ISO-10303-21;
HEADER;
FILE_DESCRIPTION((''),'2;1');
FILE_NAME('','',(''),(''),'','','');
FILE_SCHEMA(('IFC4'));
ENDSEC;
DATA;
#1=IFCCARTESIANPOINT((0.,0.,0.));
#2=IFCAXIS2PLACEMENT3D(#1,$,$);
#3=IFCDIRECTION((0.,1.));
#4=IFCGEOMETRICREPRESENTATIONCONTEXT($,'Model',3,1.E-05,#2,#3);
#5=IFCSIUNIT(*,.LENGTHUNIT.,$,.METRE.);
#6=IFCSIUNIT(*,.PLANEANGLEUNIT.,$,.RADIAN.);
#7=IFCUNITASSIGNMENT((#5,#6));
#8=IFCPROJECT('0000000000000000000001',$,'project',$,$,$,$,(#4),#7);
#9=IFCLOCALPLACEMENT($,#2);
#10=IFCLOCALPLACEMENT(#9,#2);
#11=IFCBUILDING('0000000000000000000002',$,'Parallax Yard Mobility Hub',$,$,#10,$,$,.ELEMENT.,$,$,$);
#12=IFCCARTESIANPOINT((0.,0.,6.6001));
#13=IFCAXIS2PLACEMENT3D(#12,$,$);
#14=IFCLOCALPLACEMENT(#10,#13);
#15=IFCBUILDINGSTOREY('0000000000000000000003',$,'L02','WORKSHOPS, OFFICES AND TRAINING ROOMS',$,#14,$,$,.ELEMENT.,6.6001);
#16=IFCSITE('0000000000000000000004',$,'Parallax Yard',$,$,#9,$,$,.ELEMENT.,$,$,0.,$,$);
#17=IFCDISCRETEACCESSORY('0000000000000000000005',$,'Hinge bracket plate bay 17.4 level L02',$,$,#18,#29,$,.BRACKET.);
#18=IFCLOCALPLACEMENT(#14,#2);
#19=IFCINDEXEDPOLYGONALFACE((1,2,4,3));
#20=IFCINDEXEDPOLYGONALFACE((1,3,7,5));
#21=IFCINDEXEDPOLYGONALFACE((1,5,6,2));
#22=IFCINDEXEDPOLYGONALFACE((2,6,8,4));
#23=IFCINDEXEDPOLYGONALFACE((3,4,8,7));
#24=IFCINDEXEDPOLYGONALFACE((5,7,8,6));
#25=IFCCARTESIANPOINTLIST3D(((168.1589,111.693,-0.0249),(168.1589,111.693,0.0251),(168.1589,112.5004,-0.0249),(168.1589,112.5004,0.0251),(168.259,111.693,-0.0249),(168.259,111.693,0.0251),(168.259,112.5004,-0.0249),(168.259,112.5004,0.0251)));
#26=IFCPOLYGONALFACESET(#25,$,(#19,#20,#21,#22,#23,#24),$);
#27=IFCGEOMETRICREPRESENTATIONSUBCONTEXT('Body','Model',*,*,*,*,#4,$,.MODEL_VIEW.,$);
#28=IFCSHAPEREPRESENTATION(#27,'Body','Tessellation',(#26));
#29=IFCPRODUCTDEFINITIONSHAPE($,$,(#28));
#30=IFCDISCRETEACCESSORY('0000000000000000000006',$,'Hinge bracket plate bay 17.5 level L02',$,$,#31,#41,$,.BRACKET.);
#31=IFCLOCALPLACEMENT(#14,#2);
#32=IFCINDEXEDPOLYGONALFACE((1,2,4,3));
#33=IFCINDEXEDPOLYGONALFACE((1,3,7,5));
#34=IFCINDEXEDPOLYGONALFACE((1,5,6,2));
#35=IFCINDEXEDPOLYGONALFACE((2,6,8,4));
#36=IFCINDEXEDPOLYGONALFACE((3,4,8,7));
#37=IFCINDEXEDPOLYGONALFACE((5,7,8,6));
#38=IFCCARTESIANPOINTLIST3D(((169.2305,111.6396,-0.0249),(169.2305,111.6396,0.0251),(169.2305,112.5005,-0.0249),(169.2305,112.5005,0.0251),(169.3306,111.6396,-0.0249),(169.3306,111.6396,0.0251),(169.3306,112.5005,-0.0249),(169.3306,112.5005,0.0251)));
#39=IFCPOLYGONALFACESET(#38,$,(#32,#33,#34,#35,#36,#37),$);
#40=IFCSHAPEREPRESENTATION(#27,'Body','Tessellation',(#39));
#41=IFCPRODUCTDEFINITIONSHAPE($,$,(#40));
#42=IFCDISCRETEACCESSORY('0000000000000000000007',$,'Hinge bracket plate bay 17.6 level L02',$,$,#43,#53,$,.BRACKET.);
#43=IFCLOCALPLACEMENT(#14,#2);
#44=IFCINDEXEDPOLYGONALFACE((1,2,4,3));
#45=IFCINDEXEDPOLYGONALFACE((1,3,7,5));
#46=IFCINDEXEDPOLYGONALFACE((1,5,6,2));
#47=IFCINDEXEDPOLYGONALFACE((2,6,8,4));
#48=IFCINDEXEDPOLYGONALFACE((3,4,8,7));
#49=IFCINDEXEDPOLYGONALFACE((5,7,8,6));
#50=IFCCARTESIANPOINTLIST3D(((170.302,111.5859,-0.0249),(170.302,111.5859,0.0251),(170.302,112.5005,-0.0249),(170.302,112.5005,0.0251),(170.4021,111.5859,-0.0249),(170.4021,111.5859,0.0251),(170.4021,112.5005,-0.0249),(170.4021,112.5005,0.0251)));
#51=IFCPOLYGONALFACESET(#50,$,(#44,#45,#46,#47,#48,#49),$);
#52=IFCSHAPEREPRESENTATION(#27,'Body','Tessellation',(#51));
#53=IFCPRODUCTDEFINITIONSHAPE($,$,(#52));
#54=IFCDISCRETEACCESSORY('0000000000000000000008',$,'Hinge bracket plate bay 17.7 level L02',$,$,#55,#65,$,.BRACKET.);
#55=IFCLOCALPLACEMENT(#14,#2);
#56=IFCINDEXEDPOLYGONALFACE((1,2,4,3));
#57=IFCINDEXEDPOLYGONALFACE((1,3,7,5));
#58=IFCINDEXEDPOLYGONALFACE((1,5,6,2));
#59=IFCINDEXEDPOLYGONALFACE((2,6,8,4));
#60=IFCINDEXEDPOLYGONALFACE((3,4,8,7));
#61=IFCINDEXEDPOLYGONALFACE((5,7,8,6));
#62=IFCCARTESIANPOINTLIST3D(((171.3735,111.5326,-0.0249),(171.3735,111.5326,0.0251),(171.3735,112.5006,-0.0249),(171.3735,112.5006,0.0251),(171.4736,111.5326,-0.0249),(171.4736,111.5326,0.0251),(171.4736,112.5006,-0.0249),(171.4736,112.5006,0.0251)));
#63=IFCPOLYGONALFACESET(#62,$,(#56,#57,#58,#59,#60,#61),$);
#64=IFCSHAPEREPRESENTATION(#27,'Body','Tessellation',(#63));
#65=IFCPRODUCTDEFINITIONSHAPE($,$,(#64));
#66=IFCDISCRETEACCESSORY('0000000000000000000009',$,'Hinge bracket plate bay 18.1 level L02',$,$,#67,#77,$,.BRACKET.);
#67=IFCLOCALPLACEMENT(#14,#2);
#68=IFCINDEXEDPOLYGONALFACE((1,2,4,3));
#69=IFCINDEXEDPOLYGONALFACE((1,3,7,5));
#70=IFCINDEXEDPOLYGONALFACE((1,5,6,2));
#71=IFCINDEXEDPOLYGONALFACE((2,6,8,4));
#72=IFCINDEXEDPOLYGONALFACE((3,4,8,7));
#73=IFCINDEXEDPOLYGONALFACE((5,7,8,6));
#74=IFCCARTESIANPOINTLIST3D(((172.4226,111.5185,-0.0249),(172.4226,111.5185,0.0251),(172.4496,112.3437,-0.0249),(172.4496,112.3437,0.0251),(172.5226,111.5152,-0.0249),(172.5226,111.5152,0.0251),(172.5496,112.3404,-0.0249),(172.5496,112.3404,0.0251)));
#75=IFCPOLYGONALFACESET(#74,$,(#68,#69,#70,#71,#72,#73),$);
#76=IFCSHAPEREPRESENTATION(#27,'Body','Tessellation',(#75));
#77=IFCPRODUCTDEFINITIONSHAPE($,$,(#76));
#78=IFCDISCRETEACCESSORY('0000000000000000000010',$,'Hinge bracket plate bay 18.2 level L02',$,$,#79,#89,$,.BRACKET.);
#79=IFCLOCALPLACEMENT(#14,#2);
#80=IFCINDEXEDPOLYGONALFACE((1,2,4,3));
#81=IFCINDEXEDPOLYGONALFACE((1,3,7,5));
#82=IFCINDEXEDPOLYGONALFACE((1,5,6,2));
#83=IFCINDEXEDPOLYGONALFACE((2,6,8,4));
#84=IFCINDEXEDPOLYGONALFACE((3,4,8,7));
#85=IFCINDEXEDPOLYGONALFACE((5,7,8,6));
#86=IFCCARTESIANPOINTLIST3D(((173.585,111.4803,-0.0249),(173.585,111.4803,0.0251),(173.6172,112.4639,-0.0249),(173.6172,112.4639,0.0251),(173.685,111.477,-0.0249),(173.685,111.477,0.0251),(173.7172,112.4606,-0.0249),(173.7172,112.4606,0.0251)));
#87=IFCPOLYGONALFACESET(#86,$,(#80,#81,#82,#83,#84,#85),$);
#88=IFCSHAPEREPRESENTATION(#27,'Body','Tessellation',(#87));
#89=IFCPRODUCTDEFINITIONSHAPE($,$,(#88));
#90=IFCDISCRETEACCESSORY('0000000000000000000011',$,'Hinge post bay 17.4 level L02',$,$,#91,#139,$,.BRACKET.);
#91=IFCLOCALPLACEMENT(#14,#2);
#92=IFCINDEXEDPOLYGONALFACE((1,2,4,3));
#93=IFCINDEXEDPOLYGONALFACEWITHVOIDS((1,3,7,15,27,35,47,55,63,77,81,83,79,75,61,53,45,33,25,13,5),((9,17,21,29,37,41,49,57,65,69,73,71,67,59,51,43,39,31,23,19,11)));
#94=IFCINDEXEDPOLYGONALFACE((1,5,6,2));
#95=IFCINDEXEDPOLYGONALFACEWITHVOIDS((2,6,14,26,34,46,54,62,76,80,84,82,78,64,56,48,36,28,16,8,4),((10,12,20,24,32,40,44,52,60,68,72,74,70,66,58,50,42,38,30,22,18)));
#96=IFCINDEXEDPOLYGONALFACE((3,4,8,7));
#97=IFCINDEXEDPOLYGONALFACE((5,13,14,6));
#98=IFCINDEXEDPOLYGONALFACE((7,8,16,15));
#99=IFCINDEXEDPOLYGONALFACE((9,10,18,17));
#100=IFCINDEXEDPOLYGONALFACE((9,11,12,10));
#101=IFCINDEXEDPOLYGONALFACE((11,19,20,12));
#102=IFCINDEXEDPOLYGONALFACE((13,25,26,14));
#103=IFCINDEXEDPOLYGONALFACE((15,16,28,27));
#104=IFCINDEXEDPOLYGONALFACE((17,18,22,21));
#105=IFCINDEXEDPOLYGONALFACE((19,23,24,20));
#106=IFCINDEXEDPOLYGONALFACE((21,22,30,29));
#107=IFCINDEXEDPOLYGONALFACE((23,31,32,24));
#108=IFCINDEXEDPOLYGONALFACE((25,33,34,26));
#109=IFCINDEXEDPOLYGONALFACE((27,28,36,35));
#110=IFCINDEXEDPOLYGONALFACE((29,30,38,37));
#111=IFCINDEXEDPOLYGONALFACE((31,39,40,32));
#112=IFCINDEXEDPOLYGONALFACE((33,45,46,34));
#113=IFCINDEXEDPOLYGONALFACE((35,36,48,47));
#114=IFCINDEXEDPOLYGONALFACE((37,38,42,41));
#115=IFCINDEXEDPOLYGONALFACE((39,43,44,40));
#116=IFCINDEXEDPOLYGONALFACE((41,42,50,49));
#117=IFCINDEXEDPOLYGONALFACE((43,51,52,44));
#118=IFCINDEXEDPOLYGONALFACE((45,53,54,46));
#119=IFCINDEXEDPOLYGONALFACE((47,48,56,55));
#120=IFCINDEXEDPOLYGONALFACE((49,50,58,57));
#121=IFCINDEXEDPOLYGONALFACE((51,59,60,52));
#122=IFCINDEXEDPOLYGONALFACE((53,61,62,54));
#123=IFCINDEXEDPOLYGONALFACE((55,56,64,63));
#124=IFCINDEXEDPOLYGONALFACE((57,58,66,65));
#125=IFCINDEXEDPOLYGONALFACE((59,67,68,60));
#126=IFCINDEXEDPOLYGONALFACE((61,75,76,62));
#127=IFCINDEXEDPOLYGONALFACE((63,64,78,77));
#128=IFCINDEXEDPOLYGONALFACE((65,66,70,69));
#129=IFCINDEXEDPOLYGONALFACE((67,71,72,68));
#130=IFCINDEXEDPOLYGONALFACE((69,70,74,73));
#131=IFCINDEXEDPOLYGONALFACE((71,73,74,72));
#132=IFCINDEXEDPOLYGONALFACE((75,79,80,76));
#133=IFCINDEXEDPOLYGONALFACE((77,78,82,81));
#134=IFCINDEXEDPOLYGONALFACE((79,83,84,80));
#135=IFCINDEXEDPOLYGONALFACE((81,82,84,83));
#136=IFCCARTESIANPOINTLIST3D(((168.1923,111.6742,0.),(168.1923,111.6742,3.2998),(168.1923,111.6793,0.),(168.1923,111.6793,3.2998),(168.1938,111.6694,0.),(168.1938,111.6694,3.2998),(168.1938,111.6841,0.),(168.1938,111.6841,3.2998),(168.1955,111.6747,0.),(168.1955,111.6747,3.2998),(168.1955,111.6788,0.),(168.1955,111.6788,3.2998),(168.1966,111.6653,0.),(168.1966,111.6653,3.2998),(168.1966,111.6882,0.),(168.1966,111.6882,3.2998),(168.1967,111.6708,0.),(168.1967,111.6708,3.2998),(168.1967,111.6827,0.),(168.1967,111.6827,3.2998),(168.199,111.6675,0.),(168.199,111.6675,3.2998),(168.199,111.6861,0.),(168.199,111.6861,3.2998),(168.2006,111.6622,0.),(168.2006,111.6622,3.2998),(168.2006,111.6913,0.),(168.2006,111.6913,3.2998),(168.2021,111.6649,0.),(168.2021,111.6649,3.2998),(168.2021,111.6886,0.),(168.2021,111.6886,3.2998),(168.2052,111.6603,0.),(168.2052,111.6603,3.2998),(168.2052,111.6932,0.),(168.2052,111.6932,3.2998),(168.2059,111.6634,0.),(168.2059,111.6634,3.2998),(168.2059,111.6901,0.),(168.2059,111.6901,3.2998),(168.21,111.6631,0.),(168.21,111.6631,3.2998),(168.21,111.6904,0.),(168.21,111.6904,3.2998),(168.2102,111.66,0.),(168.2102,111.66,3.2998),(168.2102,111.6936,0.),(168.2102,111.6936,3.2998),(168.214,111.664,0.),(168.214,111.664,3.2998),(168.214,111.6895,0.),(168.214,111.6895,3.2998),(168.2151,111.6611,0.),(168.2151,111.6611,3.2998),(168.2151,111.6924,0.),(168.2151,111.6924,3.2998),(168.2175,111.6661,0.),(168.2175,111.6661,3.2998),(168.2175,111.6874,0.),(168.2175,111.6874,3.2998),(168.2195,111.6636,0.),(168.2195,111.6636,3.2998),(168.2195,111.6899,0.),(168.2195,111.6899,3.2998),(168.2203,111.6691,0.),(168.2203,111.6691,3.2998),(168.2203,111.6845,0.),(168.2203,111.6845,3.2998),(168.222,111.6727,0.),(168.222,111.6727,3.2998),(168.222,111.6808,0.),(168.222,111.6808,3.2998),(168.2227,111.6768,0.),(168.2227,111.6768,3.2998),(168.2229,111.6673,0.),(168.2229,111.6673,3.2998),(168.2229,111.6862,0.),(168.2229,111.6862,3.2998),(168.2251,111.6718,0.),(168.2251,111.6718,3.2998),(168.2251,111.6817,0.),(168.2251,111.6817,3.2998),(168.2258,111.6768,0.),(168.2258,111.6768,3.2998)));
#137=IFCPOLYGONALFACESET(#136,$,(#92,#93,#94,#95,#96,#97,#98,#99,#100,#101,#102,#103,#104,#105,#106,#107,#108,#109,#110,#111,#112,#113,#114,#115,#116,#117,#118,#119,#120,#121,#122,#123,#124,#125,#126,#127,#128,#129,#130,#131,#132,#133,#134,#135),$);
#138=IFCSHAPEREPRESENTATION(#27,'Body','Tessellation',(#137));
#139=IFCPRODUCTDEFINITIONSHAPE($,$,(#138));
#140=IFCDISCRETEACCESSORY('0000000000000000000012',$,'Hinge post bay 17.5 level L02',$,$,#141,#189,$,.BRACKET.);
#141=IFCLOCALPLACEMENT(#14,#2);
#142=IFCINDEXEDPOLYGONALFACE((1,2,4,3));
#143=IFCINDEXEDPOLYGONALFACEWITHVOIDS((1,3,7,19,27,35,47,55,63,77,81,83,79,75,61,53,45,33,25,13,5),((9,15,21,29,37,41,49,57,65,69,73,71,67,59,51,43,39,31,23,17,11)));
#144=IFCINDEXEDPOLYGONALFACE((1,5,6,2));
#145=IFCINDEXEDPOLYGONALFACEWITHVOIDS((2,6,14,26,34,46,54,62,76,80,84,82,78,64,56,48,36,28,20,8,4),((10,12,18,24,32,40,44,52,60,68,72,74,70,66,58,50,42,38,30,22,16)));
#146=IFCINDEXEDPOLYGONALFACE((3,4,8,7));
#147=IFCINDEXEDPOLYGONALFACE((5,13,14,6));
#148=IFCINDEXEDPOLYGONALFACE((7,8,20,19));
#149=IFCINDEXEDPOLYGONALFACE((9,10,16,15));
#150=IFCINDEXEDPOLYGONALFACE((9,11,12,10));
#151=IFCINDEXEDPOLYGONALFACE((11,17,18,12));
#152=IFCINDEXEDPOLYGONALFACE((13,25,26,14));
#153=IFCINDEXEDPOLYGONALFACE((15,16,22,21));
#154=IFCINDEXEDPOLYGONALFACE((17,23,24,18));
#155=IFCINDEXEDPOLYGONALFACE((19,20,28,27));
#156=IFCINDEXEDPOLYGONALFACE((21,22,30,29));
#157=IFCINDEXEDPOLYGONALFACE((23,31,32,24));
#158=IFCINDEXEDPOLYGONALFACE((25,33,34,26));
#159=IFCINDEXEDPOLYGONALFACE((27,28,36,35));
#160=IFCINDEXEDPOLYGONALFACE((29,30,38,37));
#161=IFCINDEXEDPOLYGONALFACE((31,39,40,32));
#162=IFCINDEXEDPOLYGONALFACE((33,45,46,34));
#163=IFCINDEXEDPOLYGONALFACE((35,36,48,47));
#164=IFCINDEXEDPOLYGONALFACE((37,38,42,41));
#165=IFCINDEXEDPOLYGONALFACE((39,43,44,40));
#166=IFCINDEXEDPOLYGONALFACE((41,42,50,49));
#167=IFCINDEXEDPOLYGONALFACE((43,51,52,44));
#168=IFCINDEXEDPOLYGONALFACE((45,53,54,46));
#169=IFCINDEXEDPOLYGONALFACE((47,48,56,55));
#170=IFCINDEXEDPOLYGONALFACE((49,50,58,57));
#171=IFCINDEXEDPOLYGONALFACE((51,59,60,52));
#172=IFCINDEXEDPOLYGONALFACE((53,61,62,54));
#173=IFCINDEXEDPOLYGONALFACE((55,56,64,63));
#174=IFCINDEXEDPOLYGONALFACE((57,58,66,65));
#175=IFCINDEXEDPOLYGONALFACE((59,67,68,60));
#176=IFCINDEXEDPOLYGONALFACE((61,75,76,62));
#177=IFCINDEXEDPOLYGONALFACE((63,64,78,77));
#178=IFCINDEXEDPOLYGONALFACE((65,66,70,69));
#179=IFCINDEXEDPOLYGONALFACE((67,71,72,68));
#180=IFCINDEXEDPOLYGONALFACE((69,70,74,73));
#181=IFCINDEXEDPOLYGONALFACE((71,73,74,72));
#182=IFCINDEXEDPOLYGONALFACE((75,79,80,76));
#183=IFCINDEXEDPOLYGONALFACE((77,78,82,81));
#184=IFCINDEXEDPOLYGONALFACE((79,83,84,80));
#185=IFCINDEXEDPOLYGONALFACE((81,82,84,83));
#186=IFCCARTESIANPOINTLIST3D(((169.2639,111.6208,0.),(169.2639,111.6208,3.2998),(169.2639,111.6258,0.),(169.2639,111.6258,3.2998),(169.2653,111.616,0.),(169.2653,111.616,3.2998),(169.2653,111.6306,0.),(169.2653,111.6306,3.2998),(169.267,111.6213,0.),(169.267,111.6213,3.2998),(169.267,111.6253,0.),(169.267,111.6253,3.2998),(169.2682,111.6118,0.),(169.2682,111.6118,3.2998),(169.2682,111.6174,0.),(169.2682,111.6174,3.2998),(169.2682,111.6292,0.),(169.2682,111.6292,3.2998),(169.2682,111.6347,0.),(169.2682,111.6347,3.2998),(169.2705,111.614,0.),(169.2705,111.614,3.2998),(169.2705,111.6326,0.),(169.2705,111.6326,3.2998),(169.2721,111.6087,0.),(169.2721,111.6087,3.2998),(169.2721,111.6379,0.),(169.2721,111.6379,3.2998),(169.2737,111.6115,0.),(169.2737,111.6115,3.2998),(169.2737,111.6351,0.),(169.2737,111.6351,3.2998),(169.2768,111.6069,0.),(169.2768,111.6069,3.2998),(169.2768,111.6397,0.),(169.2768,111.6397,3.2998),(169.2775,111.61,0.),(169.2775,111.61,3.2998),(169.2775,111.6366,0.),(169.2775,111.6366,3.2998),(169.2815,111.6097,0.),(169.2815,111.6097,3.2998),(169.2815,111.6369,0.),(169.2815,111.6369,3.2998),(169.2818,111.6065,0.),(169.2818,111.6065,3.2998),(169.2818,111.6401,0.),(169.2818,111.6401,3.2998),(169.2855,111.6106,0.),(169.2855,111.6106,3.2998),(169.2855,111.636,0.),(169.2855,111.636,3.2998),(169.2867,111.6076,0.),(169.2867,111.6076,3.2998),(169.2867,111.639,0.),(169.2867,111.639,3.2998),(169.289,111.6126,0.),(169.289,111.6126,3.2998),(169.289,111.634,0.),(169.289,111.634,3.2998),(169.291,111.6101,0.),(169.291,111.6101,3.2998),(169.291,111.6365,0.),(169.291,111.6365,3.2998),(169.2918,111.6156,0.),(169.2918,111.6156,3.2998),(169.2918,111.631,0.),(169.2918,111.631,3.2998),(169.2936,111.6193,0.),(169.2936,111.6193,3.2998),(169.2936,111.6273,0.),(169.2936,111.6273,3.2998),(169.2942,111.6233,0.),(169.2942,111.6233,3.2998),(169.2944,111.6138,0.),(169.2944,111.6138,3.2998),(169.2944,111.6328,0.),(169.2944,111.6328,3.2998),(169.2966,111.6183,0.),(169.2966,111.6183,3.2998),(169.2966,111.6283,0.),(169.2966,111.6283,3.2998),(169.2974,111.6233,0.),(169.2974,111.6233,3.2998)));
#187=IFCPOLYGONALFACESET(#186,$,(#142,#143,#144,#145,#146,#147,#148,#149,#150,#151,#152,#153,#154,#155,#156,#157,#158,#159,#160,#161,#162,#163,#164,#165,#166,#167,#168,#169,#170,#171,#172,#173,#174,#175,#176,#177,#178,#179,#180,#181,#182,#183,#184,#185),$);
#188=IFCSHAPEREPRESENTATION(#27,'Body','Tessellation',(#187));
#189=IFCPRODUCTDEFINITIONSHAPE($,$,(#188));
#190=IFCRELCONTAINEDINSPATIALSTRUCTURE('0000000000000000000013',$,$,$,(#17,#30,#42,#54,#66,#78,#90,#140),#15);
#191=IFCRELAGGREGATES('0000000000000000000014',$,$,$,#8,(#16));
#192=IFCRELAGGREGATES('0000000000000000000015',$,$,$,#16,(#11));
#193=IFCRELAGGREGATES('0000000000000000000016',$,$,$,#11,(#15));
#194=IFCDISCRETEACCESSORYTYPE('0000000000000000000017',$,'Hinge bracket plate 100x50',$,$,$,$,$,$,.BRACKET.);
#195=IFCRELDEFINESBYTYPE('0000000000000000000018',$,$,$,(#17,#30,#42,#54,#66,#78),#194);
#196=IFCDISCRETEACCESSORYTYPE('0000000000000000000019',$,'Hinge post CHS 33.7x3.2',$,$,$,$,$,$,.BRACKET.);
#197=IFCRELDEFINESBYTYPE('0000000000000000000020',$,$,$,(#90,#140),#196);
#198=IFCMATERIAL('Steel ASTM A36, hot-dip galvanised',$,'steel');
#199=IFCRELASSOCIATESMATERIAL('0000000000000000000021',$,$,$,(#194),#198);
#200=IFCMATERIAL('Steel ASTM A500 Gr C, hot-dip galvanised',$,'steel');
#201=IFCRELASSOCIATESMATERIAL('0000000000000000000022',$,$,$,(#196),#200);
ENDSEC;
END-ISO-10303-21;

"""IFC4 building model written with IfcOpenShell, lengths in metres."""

from ifc_helpers import new_model, si_unit, direction, frame, origin, origin_2d, place, context, subcontext, project, spatial, rectangle, hollow_circle, extrude, material, material_profile, profile_set, type_object, element, save


model = new_model("IFC4")

# Units and contexts
model_context = context("Model", 3, precision=1e-05, world=origin(), true_north=direction((0.0, 1.0)))
body_context = subcontext(model_context, "Body", "Model", "MODEL_VIEW")
ifc_project = project(units=[si_unit("LENGTHUNIT", "METRE"), si_unit("PLANEANGLEUNIT", "RADIAN")], contexts=[model_context])

# Site, building, storey
site_placement = place(None, origin())
site = spatial("IfcSite", under=ifc_project, at=site_placement, Name="Parallax Yard", CompositionType="ELEMENT", RefElevation=0.0)
building_placement = place(site_placement, origin())
building = spatial("IfcBuilding", under=site, at=building_placement, Name="Parallax Yard Mobility Hub", CompositionType="ELEMENT")
storey_placement = place(building_placement, frame((0.0, 0.0, 6.6001)))
storey = spatial("IfcBuildingStorey", under=building, at=storey_placement, Name="L02", Description="WORKSHOPS, OFFICES AND TRAINING ROOMS", CompositionType="ELEMENT", Elevation=6.6001)

# Discrete accessories
ifc_material_1 = material(Name="Steel ASTM A36, hot-dip galvanised", Category="steel")
discrete_accessory_type_1 = type_object("IfcDiscreteAccessoryType", Name="Hinge bracket plate 100x50", PredefinedType="BRACKET", material=ifc_material_1)
discrete_accessory_1_placement = place(storey_placement, frame((168.209, 112.0967, -0.0249), z_axis=(0.0, 0.0, 1.0), x_axis=(0.0, -1.0, 0.0)))
element("IfcDiscreteAccessory", 1, at=discrete_accessory_1_placement, inside=storey, type_object=discrete_accessory_type_1, Name="Hinge bracket plate bay 17.4 level L02", PredefinedType="BRACKET", context=body_context, shape_type="SweptSolid", body=[
    extrude(rectangle(XDim=0.8074, YDim=0.1001, at=origin_2d()), origin(), (0.0, 0.0, 1.0), 0.05),
])
discrete_accessory_2_placement = place(storey_placement, frame((169.2805, 112.0701, -0.0249), z_axis=(0.0, 0.0, 1.0), x_axis=(0.0, -1.0, 0.0)))
element("IfcDiscreteAccessory", 2, at=discrete_accessory_2_placement, inside=storey, type_object=discrete_accessory_type_1, Name="Hinge bracket plate bay 17.5 level L02", PredefinedType="BRACKET", context=body_context, shape_type="SweptSolid", body=[
    extrude(rectangle(XDim=0.8608, YDim=0.1001, at=origin_2d()), origin(), (0.0, 0.0, 1.0), 0.05),
])
discrete_accessory_3_placement = place(storey_placement, frame((170.3521, 112.0432, -0.0249), z_axis=(0.0, 0.0, 1.0), x_axis=(0.0, -1.0, 0.0)))
element("IfcDiscreteAccessory", 3, at=discrete_accessory_3_placement, inside=storey, type_object=discrete_accessory_type_1, Name="Hinge bracket plate bay 17.6 level L02", PredefinedType="BRACKET", context=body_context, shape_type="SweptSolid", body=[
    extrude(rectangle(XDim=0.9146, YDim=0.1001, at=origin_2d()), origin(), (0.0, 0.0, 1.0), 0.05),
])
discrete_accessory_4_placement = place(storey_placement, frame((171.4236, 112.0166, -0.0249), z_axis=(0.0, 0.0, 1.0), x_axis=(0.0, -1.0, 0.0)))
element("IfcDiscreteAccessory", 4, at=discrete_accessory_4_placement, inside=storey, type_object=discrete_accessory_type_1, Name="Hinge bracket plate bay 17.7 level L02", PredefinedType="BRACKET", context=body_context, shape_type="SweptSolid", body=[
    extrude(rectangle(XDim=0.968, YDim=0.1001, at=origin_2d()), origin(), (0.0, 0.0, 1.0), 0.05),
])
discrete_accessory_5_placement = place(storey_placement, frame((172.4861, 111.9294, -0.0249), z_axis=(0.0, 0.0, 1.0), x_axis=(-0.032719, -0.999465, 0.0)))
element("IfcDiscreteAccessory", 5, at=discrete_accessory_5_placement, inside=storey, type_object=discrete_accessory_type_1, Name="Hinge bracket plate bay 18.1 level L02", PredefinedType="BRACKET", context=body_context, shape_type="SweptSolid", body=[
    extrude(rectangle(XDim=0.8257, YDim=0.1001, at=origin_2d()), origin(), (0.0, 0.0, 1.0), 0.05),
])
discrete_accessory_6_placement = place(storey_placement, frame((173.6511, 111.9705, -0.0249), z_axis=(0.0, 0.0, 1.0), x_axis=(-0.032719, -0.999465, 0.0)))
element("IfcDiscreteAccessory", 6, at=discrete_accessory_6_placement, inside=storey, type_object=discrete_accessory_type_1, Name="Hinge bracket plate bay 18.2 level L02", PredefinedType="BRACKET", context=body_context, shape_type="SweptSolid", body=[
    extrude(rectangle(XDim=0.9841, YDim=0.1001, at=origin_2d()), origin(), (0.0, 0.0, 1.0), 0.05),
])
ifc_material_2 = material(Name="Steel ASTM A500 Gr C, hot-dip galvanised", Category="steel")
ifc_material_profile = material_profile(ifc_material_2, hollow_circle(Radius=0.0168, WallThickness=0.0032, at=origin_2d()), Name="CHS 33.7x3.2")
ifc_profile_set = profile_set([ifc_material_profile], Name="Steel ASTM A500 Gr C, hot-dip galvanised")
discrete_accessory_type_2 = type_object("IfcDiscreteAccessoryType", Name="Hinge post CHS 33.7x3.2", PredefinedType="BRACKET", material=ifc_profile_set)
for number, where, z_axis, x_axis, name in (
    (7, (168.209, 111.6768, 0.0), (0.0, 0.0, 1.0), (1.0, 0.0, 0.0), "Hinge post bay 17.4 level L02"),
    (8, (169.2805, 111.6233, 0.0), (0.0, 0.0, 1.0), (1.0, 0.0, 0.0), "Hinge post bay 17.5 level L02"),
):
    element("IfcDiscreteAccessory", number, at=place(storey_placement, frame(where, z_axis=z_axis, x_axis=x_axis)), inside=storey, type_object=discrete_accessory_type_2, Name=name, PredefinedType="BRACKET", context=body_context, shape_type="SweptSolid", body=[
        extrude(hollow_circle(Radius=0.0168, WallThickness=0.0032, at=origin_2d()), origin(), (0.0, 0.0, 1.0), 3.2998),
    ])

save(model, "model.ifc")
